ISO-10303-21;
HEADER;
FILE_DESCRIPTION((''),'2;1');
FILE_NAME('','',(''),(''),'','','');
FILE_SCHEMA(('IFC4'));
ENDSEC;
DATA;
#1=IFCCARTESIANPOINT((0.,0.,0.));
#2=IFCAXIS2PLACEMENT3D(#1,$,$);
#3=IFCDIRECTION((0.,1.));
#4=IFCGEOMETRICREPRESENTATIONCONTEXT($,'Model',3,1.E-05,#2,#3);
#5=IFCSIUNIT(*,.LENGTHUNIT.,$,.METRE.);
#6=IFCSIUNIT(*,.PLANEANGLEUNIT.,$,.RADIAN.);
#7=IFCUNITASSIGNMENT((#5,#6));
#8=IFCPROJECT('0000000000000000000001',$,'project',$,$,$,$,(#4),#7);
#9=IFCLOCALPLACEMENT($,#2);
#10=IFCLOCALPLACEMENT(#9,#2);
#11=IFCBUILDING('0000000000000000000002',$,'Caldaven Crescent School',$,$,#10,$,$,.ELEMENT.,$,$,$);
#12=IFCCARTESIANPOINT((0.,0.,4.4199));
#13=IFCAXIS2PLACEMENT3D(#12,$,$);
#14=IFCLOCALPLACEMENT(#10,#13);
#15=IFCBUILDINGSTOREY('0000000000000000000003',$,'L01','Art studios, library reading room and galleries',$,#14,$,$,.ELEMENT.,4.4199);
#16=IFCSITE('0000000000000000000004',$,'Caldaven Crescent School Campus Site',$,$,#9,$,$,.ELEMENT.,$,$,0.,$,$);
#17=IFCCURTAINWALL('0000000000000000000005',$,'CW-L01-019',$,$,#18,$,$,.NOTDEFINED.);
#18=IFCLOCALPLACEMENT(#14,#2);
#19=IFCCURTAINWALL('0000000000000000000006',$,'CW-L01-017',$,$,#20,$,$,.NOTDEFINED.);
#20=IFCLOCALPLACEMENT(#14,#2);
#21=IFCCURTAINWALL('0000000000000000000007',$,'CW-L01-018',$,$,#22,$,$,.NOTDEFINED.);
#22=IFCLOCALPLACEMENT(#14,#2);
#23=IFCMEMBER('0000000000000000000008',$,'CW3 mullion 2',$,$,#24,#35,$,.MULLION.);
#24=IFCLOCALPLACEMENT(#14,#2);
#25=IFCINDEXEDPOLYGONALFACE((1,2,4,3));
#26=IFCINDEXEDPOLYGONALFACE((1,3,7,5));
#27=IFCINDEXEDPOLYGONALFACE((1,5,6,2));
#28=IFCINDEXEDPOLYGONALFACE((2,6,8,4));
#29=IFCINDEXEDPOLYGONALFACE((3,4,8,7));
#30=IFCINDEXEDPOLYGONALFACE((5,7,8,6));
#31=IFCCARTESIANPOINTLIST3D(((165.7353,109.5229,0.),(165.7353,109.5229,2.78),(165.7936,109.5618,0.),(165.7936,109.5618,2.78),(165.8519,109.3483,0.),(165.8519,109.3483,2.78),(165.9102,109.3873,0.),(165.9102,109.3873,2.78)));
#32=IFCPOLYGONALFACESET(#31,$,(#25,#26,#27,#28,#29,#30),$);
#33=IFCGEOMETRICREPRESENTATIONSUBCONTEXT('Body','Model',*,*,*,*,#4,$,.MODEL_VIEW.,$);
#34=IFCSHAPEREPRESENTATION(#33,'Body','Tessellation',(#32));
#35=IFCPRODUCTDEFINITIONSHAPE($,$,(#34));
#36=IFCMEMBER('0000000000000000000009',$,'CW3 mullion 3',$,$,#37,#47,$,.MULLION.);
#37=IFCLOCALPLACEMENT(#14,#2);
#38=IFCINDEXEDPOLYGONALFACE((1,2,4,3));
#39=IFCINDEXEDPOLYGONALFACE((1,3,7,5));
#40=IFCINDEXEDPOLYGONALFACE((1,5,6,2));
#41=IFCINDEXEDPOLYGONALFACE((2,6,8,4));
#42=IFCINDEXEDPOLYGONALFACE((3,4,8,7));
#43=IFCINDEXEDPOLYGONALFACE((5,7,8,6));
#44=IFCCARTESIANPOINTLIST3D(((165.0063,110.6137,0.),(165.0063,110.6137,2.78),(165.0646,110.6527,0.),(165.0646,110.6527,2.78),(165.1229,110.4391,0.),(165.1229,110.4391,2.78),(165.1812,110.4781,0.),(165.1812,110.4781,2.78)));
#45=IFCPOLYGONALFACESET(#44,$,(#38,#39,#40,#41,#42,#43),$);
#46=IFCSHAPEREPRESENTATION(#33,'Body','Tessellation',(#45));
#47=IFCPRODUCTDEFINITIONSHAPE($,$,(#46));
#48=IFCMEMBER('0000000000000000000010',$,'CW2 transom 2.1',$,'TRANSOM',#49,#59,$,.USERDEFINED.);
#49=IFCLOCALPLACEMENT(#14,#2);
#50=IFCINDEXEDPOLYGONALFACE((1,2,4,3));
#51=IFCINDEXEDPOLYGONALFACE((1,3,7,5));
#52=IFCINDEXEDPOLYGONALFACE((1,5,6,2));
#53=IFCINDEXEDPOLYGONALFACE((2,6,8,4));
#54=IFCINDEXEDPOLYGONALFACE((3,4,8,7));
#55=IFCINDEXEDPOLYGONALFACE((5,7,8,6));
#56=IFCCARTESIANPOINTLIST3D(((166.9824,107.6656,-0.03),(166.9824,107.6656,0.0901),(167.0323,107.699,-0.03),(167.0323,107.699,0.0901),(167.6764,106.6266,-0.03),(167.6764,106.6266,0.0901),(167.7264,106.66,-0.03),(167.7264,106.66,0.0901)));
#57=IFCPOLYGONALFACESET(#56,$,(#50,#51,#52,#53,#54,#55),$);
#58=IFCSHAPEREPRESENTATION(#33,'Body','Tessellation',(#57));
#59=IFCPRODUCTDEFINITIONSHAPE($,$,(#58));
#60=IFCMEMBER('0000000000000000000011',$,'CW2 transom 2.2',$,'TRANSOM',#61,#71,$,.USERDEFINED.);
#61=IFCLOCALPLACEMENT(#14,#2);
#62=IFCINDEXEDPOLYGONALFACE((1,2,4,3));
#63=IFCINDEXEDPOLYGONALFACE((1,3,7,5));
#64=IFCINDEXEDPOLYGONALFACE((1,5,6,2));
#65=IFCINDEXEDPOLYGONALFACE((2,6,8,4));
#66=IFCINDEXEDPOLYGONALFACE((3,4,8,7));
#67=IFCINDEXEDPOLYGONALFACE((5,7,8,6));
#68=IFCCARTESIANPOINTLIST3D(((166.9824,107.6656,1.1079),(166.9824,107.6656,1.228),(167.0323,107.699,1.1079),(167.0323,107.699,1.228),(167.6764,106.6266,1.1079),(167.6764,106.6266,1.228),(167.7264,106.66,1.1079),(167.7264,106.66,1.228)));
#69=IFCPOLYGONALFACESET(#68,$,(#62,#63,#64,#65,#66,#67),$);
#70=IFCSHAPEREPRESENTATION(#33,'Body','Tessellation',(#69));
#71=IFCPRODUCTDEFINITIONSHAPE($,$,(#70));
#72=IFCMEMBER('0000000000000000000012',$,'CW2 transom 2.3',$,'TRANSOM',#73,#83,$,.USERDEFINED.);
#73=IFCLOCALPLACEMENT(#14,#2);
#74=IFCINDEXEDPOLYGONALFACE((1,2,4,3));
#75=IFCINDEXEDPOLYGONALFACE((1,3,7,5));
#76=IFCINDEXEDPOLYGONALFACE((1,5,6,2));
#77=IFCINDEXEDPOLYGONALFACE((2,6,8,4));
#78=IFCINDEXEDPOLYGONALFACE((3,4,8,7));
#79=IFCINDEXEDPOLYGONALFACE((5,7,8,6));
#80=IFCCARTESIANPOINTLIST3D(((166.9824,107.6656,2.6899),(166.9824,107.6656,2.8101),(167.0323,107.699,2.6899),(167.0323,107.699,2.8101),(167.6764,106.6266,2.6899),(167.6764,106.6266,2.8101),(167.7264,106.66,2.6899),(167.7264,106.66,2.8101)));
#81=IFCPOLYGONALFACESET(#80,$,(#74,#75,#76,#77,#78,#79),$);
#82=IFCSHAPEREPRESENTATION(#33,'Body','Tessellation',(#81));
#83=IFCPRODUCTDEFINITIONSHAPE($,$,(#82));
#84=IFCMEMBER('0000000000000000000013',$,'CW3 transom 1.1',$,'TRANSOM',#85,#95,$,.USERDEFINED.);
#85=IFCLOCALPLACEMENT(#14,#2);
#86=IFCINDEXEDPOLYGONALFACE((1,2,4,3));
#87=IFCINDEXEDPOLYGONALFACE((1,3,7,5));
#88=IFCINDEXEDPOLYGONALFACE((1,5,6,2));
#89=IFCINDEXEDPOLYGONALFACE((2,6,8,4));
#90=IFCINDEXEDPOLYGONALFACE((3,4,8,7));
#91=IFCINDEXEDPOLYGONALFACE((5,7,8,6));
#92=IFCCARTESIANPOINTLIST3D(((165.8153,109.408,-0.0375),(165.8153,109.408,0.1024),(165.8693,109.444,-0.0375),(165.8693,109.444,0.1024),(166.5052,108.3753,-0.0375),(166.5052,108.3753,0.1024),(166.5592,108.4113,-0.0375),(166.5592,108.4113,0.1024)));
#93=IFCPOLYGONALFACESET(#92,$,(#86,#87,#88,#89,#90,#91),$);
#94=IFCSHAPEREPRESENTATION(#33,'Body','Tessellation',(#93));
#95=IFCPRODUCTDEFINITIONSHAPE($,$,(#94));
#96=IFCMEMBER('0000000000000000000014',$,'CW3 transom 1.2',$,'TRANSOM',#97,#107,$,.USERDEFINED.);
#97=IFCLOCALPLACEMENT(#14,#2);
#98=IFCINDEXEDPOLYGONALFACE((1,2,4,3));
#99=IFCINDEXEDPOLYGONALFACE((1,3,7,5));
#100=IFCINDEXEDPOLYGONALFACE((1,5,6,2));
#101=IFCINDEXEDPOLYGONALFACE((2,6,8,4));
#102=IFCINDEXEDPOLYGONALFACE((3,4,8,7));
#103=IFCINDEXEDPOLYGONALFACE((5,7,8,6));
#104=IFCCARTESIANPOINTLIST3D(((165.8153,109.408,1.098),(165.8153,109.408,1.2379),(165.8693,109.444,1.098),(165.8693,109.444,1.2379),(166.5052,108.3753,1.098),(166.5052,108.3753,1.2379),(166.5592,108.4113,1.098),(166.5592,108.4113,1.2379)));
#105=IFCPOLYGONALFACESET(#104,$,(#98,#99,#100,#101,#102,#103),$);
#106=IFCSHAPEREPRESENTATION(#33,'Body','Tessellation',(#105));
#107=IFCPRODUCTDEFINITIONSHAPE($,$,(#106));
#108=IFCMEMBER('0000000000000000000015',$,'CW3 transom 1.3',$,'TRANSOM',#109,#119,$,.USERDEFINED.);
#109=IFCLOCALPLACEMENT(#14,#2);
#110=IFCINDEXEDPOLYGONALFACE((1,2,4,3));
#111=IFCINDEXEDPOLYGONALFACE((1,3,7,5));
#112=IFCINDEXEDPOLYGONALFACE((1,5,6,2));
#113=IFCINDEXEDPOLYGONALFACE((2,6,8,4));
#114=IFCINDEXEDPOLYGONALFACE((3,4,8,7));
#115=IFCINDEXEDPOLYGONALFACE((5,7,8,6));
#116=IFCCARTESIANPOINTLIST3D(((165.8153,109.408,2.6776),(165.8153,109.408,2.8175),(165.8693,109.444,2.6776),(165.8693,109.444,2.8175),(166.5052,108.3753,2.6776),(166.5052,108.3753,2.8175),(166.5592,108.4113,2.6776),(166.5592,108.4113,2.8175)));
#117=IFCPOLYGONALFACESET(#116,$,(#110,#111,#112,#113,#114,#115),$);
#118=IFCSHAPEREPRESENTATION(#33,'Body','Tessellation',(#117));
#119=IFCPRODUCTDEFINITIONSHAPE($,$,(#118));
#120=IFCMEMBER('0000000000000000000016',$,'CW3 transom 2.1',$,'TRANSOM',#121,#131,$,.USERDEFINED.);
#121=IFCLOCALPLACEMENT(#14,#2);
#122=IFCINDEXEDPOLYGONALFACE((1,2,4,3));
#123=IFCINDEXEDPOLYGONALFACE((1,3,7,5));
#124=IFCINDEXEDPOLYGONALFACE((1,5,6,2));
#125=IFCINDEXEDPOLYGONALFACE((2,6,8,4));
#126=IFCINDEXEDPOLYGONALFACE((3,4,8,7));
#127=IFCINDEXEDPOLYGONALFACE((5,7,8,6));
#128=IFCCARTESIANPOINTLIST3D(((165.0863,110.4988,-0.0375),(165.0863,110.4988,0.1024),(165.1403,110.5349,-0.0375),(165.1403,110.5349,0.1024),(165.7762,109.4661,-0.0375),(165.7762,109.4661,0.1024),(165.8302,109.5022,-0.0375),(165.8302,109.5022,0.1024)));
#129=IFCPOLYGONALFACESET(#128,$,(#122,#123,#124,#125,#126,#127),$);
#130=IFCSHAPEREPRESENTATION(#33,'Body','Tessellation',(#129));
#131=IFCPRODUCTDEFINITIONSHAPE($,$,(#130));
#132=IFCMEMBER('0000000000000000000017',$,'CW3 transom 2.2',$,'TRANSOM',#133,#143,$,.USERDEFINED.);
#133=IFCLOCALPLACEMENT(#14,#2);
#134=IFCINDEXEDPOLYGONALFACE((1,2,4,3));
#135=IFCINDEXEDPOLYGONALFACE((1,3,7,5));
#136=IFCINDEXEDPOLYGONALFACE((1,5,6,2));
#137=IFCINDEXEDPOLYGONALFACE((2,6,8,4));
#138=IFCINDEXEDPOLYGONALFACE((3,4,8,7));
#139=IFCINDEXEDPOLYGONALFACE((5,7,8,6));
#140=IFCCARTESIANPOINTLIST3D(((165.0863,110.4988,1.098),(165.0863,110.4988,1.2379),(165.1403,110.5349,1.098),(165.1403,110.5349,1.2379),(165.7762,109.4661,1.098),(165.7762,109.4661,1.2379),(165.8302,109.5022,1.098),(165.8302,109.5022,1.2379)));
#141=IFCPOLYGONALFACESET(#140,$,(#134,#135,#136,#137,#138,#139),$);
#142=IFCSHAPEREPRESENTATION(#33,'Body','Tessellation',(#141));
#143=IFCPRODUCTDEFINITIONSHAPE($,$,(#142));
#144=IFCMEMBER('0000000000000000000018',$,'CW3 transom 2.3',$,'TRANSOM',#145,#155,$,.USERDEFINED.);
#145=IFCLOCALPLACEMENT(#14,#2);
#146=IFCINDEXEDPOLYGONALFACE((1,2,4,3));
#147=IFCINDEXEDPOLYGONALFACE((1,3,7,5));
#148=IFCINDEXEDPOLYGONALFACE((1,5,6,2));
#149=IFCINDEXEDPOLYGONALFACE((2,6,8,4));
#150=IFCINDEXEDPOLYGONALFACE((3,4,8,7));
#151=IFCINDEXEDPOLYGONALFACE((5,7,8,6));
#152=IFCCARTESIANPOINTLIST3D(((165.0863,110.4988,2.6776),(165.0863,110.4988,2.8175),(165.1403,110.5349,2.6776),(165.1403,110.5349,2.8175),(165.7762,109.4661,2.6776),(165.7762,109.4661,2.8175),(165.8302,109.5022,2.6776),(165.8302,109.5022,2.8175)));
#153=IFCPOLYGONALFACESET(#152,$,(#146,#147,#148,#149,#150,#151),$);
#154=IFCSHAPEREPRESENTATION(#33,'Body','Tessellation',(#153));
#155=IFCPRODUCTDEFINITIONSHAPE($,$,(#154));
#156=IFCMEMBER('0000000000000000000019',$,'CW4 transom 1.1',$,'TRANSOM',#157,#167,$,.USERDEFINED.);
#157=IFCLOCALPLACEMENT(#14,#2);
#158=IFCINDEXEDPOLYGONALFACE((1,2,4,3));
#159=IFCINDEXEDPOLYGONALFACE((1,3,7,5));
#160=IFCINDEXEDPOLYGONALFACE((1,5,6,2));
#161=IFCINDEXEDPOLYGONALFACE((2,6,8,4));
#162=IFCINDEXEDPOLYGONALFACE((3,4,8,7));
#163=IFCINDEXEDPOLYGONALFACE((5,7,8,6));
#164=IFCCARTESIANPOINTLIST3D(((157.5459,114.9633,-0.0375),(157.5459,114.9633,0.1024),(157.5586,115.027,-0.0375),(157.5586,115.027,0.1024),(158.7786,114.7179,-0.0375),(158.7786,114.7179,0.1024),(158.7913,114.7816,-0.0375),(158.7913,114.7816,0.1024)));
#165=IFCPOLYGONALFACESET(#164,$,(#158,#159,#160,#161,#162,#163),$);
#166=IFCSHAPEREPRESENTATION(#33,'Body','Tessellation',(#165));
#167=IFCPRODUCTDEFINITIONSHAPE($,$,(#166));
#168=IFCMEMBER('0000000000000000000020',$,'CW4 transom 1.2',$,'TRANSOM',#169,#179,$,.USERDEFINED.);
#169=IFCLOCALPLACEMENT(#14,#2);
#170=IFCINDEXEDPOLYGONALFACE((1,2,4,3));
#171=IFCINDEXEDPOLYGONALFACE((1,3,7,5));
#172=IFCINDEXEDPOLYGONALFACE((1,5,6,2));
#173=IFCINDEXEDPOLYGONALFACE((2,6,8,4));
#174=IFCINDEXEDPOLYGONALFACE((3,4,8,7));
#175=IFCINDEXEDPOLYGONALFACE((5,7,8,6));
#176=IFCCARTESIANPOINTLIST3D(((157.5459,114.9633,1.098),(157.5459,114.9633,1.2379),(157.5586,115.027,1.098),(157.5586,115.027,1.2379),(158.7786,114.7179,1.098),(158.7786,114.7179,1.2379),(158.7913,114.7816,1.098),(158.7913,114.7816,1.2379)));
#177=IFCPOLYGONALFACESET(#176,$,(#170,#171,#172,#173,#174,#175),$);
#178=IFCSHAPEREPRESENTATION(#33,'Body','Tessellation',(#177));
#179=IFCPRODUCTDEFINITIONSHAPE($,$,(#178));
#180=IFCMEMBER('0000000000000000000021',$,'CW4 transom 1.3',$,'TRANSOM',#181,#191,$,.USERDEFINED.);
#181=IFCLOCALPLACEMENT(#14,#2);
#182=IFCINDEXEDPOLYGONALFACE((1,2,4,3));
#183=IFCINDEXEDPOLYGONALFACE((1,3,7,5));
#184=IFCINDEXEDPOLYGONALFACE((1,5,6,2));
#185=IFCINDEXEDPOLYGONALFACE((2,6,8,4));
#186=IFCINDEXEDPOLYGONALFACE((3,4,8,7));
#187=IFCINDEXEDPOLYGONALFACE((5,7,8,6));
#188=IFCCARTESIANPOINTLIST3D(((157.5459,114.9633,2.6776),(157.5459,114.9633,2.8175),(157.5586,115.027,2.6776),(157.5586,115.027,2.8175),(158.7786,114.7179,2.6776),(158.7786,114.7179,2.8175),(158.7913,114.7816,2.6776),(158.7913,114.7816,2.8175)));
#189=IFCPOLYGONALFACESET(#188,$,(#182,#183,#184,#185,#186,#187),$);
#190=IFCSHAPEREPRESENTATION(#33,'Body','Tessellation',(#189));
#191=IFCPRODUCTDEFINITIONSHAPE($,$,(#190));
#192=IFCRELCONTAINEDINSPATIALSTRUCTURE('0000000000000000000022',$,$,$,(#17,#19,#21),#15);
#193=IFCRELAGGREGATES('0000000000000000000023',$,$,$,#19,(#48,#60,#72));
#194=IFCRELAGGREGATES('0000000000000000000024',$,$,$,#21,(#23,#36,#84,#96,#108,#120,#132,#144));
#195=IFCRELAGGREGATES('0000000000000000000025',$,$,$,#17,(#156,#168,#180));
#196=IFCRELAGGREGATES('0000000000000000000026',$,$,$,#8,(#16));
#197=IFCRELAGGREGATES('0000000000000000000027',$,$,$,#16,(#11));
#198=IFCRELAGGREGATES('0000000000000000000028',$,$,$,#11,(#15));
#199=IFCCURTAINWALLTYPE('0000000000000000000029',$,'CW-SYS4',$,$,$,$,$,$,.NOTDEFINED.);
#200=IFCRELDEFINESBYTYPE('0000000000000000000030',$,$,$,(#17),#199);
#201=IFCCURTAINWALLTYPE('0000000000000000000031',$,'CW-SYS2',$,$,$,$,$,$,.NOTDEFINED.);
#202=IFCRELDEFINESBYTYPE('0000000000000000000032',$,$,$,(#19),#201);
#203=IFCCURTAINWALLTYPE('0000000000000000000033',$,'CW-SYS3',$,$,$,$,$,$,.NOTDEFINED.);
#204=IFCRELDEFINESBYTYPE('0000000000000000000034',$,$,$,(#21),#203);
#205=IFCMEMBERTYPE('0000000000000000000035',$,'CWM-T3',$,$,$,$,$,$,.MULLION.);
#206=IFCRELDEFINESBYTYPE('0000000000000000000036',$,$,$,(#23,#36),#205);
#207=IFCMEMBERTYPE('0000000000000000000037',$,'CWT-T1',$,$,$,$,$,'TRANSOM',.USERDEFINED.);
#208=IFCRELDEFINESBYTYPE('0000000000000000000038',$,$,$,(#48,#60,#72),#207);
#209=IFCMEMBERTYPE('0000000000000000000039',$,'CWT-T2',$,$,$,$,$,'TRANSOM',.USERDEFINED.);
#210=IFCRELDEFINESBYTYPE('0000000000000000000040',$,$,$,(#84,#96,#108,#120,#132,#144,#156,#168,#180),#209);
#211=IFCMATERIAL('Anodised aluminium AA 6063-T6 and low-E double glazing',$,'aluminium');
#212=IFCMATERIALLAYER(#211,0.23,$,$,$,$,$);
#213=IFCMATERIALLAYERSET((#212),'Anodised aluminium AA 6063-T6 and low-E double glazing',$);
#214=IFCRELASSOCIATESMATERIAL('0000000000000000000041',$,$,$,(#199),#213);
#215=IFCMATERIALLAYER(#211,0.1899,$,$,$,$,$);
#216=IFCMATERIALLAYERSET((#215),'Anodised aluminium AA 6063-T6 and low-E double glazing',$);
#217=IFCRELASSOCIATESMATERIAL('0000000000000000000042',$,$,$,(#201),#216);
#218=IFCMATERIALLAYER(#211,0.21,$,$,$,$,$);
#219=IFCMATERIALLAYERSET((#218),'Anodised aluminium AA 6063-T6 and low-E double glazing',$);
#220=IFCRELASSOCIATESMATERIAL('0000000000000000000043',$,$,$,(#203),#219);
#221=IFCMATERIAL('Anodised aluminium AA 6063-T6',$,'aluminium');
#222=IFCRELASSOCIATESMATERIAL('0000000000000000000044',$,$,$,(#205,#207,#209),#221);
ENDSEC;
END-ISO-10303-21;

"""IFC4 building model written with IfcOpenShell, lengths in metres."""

from ifc_helpers import new_model, si_unit, direction, frame, origin, origin_2d, place, context, subcontext, project, spatial, rectangle, extrude, material, layer, layer_set, material_profile, profile_set, type_object, element, aggregate, save


model = new_model("IFC4")

# Units and contexts
model_context = context("Model", 3, precision=1e-05, world=origin(), true_north=direction((0.0, 1.0)))
body_context = subcontext(model_context, "Body", "Model", "MODEL_VIEW")
ifc_project = project(units=[si_unit("LENGTHUNIT", "METRE"), si_unit("PLANEANGLEUNIT", "RADIAN")], contexts=[model_context])

# Site, building, storey
site_placement = place(None, origin())
site = spatial("IfcSite", under=ifc_project, at=site_placement, Name="Caldaven Crescent School Campus Site", CompositionType="ELEMENT", RefElevation=0.0)
building_placement = place(site_placement, origin())
building = spatial("IfcBuilding", under=site, at=building_placement, Name="Caldaven Crescent School", CompositionType="ELEMENT")
storey_placement = place(building_placement, frame((0.0, 0.0, 4.4199)))
storey = spatial("IfcBuildingStorey", under=building, at=storey_placement, Name="L01", Description="Art studios, library reading room and galleries", CompositionType="ELEMENT", Elevation=4.4199)

# Curtain wall
ifc_material_1 = material(Name="Anodised aluminium AA 6063-T6 and low-E double glazing", Category="aluminium")
ifc_layer_1 = layer(ifc_material_1, 0.23)
ifc_layer_set_1 = layer_set([ifc_layer_1], Name="Anodised aluminium AA 6063-T6 and low-E double glazing")
curtain_wall_type_1 = type_object("IfcCurtainWallType", Name="CW-SYS4", PredefinedType="NOTDEFINED", material=ifc_layer_set_1)
curtain_wall_1_placement = place(storey_placement, origin())
curtain_wall_1 = element("IfcCurtainWall", 1, at=curtain_wall_1_placement, inside=storey, type_object=curtain_wall_type_1, Name="CW-L01-019", PredefinedType="NOTDEFINED")
ifc_material_2 = material(Name="Anodised aluminium AA 6063-T6", Category="aluminium")

# Curtain walls, members
ifc_layer_2 = layer(ifc_material_1, 0.1899)
ifc_layer_set_2 = layer_set([ifc_layer_2], Name="Anodised aluminium AA 6063-T6 and low-E double glazing")
curtain_wall_type_2 = type_object("IfcCurtainWallType", Name="CW-SYS2", PredefinedType="NOTDEFINED", material=ifc_layer_set_2)
curtain_wall_2_placement = place(storey_placement, origin())
curtain_wall_2 = element("IfcCurtainWall", 2, at=curtain_wall_2_placement, inside=storey, type_object=curtain_wall_type_2, Name="CW-L01-017", PredefinedType="NOTDEFINED")
ifc_layer_3 = layer(ifc_material_1, 0.21)
ifc_layer_set_3 = layer_set([ifc_layer_3], Name="Anodised aluminium AA 6063-T6 and low-E double glazing")
curtain_wall_type_3 = type_object("IfcCurtainWallType", Name="CW-SYS3", PredefinedType="NOTDEFINED", material=ifc_layer_set_3)
curtain_wall_3_placement = place(storey_placement, origin())
curtain_wall_3 = element("IfcCurtainWall", 3, at=curtain_wall_3_placement, inside=storey, type_object=curtain_wall_type_3, Name="CW-L01-018", PredefinedType="NOTDEFINED")
ifc_material_profile_1 = material_profile(ifc_material_2, rectangle(XDim=0.0701, YDim=0.21, at=origin_2d()), Name="CWM 70x210")
ifc_profile_set_1 = profile_set([ifc_material_profile_1], Name="Anodised aluminium AA 6063-T6")
member_type_1 = type_object("IfcMemberType", Name="CWM-T3", PredefinedType="MULLION", material=ifc_profile_set_1)
member_1_placement = place(storey_placement, frame((165.8228, 109.4551, 0.0), z_axis=(0.0, 0.0, 1.0), x_axis=(-0.831469, -0.555572, 0.0)))
member_1 = element("IfcMember", 4, at=member_1_placement, type_object=member_type_1, Name="CW3 mullion 2", PredefinedType="MULLION", context=body_context, shape_type="SweptSolid", body=[
    extrude(rectangle(XDim=0.0701, YDim=0.21, at=origin_2d()), origin(), (0.0, 0.0, 1.0), 2.78),
])
member_2_placement = place(storey_placement, frame((165.0938, 110.5459, 0.0), z_axis=(0.0, 0.0, 1.0), x_axis=(-0.831469, -0.555572, 0.0)))
member_2 = element("IfcMember", 5, at=member_2_placement, type_object=member_type_1, Name="CW3 mullion 3", PredefinedType="MULLION", context=body_context, shape_type="SweptSolid", body=[
    extrude(rectangle(XDim=0.0701, YDim=0.21, at=origin_2d()), origin(), (0.0, 0.0, 1.0), 2.78),
])

# Members
ifc_material_profile_2 = material_profile(ifc_material_2, rectangle(XDim=0.0601, YDim=0.1201, at=origin_2d()), Name="CWT 60x120")
ifc_profile_set_2 = profile_set([ifc_material_profile_2], Name="Anodised aluminium AA 6063-T6")
member_type_2 = type_object("IfcMemberType", Name="CWT-T1", ElementType="TRANSOM", PredefinedType="USERDEFINED", material=ifc_profile_set_2)
member_3_placement = place(storey_placement, frame((167.7014, 106.6433, 0.03), z_axis=(-0.555466, 0.831539, 0.0), x_axis=(-0.831539, -0.555466, 0.0)))
member_3 = element("IfcMember", 6, at=member_3_placement, type_object=member_type_2, Name="CW2 transom 2.1", ObjectType="TRANSOM", PredefinedType="USERDEFINED", context=body_context, shape_type="SweptSolid", body=[
    extrude(rectangle(XDim=0.0601, YDim=0.1201, at=origin_2d()), origin(), (0.0, 0.0, 1.0), 1.2495),
])
member_4_placement = place(storey_placement, frame((167.7014, 106.6433, 1.168), z_axis=(-0.555466, 0.831539, 0.0), x_axis=(-0.831539, -0.555466, 0.0)))
member_4 = element("IfcMember", 7, at=member_4_placement, type_object=member_type_2, Name="CW2 transom 2.2", ObjectType="TRANSOM", PredefinedType="USERDEFINED", context=body_context, shape_type="SweptSolid", body=[
    extrude(rectangle(XDim=0.0601, YDim=0.1201, at=origin_2d()), origin(), (0.0, 0.0, 1.0), 1.2495),
])
member_5_placement = place(storey_placement, frame((167.7014, 106.6433, 2.75), z_axis=(-0.555466, 0.831539, 0.0), x_axis=(-0.831539, -0.555466, 0.0)))
member_5 = element("IfcMember", 8, at=member_5_placement, type_object=member_type_2, Name="CW2 transom 2.3", ObjectType="TRANSOM", PredefinedType="USERDEFINED", context=body_context, shape_type="SweptSolid", body=[
    extrude(rectangle(XDim=0.0601, YDim=0.1201, at=origin_2d()), origin(), (0.0, 0.0, 1.0), 1.2495),
])
ifc_material_profile_3 = material_profile(ifc_material_2, rectangle(XDim=0.0649, YDim=0.1399, at=origin_2d()), Name="CWT 65x140")
ifc_profile_set_3 = profile_set([ifc_material_profile_3], Name="Anodised aluminium AA 6063-T6")
member_type_3 = type_object("IfcMemberType", Name="CWT-T2", ElementType="TRANSOM", PredefinedType="USERDEFINED", material=ifc_profile_set_3)
member_6_placement = place(storey_placement, frame((166.5322, 108.3933, 0.0325), z_axis=(-0.555516, 0.831506, 0.0), x_axis=(-0.831506, -0.555516, 0.0)))
member_6 = element("IfcMember", 9, at=member_6_placement, type_object=member_type_3, Name="CW3 transom 1.1", ObjectType="TRANSOM", PredefinedType="USERDEFINED", context=body_context, shape_type="SweptSolid", body=[
    extrude(rectangle(XDim=0.0649, YDim=0.1399, at=origin_2d()), origin(), (0.0, 0.0, 1.0), 1.2419),
])
member_7_placement = place(storey_placement, frame((166.5322, 108.3933, 1.168), z_axis=(-0.555516, 0.831506, 0.0), x_axis=(-0.831506, -0.555516, 0.0)))
member_7 = element("IfcMember", 10, at=member_7_placement, type_object=member_type_3, Name="CW3 transom 1.2", ObjectType="TRANSOM", PredefinedType="USERDEFINED", context=body_context, shape_type="SweptSolid", body=[
    extrude(rectangle(XDim=0.0649, YDim=0.1399, at=origin_2d()), origin(), (0.0, 0.0, 1.0), 1.2419),
])
member_8_placement = place(storey_placement, frame((166.5322, 108.3933, 2.7476), z_axis=(-0.555516, 0.831506, 0.0), x_axis=(-0.831506, -0.555516, 0.0)))
member_8 = element("IfcMember", 11, at=member_8_placement, type_object=member_type_3, Name="CW3 transom 1.3", ObjectType="TRANSOM", PredefinedType="USERDEFINED", context=body_context, shape_type="SweptSolid", body=[
    extrude(rectangle(XDim=0.0649, YDim=0.1399, at=origin_2d()), origin(), (0.0, 0.0, 1.0), 1.2419),
])
member_9_placement = place(storey_placement, frame((165.8032, 109.4841, 0.0325), z_axis=(-0.555516, 0.831506, 0.0), x_axis=(-0.831506, -0.555516, 0.0)))
member_9 = element("IfcMember", 12, at=member_9_placement, type_object=member_type_3, Name="CW3 transom 2.1", ObjectType="TRANSOM", PredefinedType="USERDEFINED", context=body_context, shape_type="SweptSolid", body=[
    extrude(rectangle(XDim=0.0649, YDim=0.1399, at=origin_2d()), origin(), (0.0, 0.0, 1.0), 1.2419),
])
member_10_placement = place(storey_placement, frame((165.8032, 109.4841, 1.168), z_axis=(-0.555516, 0.831506, 0.0), x_axis=(-0.831506, -0.555516, 0.0)))
member_10 = element("IfcMember", 13, at=member_10_placement, type_object=member_type_3, Name="CW3 transom 2.2", ObjectType="TRANSOM", PredefinedType="USERDEFINED", context=body_context, shape_type="SweptSolid", body=[
    extrude(rectangle(XDim=0.0649, YDim=0.1399, at=origin_2d()), origin(), (0.0, 0.0, 1.0), 1.2419),
])
member_11_placement = place(storey_placement, frame((165.8032, 109.4841, 2.7476), z_axis=(-0.555516, 0.831506, 0.0), x_axis=(-0.831506, -0.555516, 0.0)))
member_11 = element("IfcMember", 14, at=member_11_placement, type_object=member_type_3, Name="CW3 transom 2.3", ObjectType="TRANSOM", PredefinedType="USERDEFINED", context=body_context, shape_type="SweptSolid", body=[
    extrude(rectangle(XDim=0.0649, YDim=0.1399, at=origin_2d()), origin(), (0.0, 0.0, 1.0), 1.2419),
])
member_12_placement = place(storey_placement, frame((158.7849, 114.7498, 0.0325), z_axis=(-0.98076, 0.19522, 0.0), x_axis=(-0.19522, -0.98076, 0.0)))
member_12 = element("IfcMember", 15, at=member_12_placement, type_object=member_type_3, Name="CW4 transom 1.1", ObjectType="TRANSOM", PredefinedType="USERDEFINED", context=body_context, shape_type="SweptSolid", body=[
    extrude(rectangle(XDim=0.0649, YDim=0.1399, at=origin_2d()), origin(), (0.0, 0.0, 1.0), 1.2568),
])
member_13_placement = place(storey_placement, frame((158.7849, 114.7498, 1.168), z_axis=(-0.98076, 0.19522, 0.0), x_axis=(-0.19522, -0.98076, 0.0)))
member_13 = element("IfcMember", 16, at=member_13_placement, type_object=member_type_3, Name="CW4 transom 1.2", ObjectType="TRANSOM", PredefinedType="USERDEFINED", context=body_context, shape_type="SweptSolid", body=[
    extrude(rectangle(XDim=0.0649, YDim=0.1399, at=origin_2d()), origin(), (0.0, 0.0, 1.0), 1.2568),
])
member_14_placement = place(storey_placement, frame((158.7849, 114.7498, 2.7476), z_axis=(-0.98076, 0.19522, 0.0), x_axis=(-0.19522, -0.98076, 0.0)))
member_14 = element("IfcMember", 17, at=member_14_placement, type_object=member_type_3, Name="CW4 transom 1.3", ObjectType="TRANSOM", PredefinedType="USERDEFINED", context=body_context, shape_type="SweptSolid", body=[
    extrude(rectangle(XDim=0.0649, YDim=0.1399, at=origin_2d()), origin(), (0.0, 0.0, 1.0), 1.2568),
])

aggregate(curtain_wall_2, [member_3, member_4, member_5])
aggregate(curtain_wall_3, [member_1, member_2, member_6, member_7, member_8, member_9, member_10, member_11])
aggregate(curtain_wall_1, [member_12, member_13, member_14])

save(model, "model.ifc")
